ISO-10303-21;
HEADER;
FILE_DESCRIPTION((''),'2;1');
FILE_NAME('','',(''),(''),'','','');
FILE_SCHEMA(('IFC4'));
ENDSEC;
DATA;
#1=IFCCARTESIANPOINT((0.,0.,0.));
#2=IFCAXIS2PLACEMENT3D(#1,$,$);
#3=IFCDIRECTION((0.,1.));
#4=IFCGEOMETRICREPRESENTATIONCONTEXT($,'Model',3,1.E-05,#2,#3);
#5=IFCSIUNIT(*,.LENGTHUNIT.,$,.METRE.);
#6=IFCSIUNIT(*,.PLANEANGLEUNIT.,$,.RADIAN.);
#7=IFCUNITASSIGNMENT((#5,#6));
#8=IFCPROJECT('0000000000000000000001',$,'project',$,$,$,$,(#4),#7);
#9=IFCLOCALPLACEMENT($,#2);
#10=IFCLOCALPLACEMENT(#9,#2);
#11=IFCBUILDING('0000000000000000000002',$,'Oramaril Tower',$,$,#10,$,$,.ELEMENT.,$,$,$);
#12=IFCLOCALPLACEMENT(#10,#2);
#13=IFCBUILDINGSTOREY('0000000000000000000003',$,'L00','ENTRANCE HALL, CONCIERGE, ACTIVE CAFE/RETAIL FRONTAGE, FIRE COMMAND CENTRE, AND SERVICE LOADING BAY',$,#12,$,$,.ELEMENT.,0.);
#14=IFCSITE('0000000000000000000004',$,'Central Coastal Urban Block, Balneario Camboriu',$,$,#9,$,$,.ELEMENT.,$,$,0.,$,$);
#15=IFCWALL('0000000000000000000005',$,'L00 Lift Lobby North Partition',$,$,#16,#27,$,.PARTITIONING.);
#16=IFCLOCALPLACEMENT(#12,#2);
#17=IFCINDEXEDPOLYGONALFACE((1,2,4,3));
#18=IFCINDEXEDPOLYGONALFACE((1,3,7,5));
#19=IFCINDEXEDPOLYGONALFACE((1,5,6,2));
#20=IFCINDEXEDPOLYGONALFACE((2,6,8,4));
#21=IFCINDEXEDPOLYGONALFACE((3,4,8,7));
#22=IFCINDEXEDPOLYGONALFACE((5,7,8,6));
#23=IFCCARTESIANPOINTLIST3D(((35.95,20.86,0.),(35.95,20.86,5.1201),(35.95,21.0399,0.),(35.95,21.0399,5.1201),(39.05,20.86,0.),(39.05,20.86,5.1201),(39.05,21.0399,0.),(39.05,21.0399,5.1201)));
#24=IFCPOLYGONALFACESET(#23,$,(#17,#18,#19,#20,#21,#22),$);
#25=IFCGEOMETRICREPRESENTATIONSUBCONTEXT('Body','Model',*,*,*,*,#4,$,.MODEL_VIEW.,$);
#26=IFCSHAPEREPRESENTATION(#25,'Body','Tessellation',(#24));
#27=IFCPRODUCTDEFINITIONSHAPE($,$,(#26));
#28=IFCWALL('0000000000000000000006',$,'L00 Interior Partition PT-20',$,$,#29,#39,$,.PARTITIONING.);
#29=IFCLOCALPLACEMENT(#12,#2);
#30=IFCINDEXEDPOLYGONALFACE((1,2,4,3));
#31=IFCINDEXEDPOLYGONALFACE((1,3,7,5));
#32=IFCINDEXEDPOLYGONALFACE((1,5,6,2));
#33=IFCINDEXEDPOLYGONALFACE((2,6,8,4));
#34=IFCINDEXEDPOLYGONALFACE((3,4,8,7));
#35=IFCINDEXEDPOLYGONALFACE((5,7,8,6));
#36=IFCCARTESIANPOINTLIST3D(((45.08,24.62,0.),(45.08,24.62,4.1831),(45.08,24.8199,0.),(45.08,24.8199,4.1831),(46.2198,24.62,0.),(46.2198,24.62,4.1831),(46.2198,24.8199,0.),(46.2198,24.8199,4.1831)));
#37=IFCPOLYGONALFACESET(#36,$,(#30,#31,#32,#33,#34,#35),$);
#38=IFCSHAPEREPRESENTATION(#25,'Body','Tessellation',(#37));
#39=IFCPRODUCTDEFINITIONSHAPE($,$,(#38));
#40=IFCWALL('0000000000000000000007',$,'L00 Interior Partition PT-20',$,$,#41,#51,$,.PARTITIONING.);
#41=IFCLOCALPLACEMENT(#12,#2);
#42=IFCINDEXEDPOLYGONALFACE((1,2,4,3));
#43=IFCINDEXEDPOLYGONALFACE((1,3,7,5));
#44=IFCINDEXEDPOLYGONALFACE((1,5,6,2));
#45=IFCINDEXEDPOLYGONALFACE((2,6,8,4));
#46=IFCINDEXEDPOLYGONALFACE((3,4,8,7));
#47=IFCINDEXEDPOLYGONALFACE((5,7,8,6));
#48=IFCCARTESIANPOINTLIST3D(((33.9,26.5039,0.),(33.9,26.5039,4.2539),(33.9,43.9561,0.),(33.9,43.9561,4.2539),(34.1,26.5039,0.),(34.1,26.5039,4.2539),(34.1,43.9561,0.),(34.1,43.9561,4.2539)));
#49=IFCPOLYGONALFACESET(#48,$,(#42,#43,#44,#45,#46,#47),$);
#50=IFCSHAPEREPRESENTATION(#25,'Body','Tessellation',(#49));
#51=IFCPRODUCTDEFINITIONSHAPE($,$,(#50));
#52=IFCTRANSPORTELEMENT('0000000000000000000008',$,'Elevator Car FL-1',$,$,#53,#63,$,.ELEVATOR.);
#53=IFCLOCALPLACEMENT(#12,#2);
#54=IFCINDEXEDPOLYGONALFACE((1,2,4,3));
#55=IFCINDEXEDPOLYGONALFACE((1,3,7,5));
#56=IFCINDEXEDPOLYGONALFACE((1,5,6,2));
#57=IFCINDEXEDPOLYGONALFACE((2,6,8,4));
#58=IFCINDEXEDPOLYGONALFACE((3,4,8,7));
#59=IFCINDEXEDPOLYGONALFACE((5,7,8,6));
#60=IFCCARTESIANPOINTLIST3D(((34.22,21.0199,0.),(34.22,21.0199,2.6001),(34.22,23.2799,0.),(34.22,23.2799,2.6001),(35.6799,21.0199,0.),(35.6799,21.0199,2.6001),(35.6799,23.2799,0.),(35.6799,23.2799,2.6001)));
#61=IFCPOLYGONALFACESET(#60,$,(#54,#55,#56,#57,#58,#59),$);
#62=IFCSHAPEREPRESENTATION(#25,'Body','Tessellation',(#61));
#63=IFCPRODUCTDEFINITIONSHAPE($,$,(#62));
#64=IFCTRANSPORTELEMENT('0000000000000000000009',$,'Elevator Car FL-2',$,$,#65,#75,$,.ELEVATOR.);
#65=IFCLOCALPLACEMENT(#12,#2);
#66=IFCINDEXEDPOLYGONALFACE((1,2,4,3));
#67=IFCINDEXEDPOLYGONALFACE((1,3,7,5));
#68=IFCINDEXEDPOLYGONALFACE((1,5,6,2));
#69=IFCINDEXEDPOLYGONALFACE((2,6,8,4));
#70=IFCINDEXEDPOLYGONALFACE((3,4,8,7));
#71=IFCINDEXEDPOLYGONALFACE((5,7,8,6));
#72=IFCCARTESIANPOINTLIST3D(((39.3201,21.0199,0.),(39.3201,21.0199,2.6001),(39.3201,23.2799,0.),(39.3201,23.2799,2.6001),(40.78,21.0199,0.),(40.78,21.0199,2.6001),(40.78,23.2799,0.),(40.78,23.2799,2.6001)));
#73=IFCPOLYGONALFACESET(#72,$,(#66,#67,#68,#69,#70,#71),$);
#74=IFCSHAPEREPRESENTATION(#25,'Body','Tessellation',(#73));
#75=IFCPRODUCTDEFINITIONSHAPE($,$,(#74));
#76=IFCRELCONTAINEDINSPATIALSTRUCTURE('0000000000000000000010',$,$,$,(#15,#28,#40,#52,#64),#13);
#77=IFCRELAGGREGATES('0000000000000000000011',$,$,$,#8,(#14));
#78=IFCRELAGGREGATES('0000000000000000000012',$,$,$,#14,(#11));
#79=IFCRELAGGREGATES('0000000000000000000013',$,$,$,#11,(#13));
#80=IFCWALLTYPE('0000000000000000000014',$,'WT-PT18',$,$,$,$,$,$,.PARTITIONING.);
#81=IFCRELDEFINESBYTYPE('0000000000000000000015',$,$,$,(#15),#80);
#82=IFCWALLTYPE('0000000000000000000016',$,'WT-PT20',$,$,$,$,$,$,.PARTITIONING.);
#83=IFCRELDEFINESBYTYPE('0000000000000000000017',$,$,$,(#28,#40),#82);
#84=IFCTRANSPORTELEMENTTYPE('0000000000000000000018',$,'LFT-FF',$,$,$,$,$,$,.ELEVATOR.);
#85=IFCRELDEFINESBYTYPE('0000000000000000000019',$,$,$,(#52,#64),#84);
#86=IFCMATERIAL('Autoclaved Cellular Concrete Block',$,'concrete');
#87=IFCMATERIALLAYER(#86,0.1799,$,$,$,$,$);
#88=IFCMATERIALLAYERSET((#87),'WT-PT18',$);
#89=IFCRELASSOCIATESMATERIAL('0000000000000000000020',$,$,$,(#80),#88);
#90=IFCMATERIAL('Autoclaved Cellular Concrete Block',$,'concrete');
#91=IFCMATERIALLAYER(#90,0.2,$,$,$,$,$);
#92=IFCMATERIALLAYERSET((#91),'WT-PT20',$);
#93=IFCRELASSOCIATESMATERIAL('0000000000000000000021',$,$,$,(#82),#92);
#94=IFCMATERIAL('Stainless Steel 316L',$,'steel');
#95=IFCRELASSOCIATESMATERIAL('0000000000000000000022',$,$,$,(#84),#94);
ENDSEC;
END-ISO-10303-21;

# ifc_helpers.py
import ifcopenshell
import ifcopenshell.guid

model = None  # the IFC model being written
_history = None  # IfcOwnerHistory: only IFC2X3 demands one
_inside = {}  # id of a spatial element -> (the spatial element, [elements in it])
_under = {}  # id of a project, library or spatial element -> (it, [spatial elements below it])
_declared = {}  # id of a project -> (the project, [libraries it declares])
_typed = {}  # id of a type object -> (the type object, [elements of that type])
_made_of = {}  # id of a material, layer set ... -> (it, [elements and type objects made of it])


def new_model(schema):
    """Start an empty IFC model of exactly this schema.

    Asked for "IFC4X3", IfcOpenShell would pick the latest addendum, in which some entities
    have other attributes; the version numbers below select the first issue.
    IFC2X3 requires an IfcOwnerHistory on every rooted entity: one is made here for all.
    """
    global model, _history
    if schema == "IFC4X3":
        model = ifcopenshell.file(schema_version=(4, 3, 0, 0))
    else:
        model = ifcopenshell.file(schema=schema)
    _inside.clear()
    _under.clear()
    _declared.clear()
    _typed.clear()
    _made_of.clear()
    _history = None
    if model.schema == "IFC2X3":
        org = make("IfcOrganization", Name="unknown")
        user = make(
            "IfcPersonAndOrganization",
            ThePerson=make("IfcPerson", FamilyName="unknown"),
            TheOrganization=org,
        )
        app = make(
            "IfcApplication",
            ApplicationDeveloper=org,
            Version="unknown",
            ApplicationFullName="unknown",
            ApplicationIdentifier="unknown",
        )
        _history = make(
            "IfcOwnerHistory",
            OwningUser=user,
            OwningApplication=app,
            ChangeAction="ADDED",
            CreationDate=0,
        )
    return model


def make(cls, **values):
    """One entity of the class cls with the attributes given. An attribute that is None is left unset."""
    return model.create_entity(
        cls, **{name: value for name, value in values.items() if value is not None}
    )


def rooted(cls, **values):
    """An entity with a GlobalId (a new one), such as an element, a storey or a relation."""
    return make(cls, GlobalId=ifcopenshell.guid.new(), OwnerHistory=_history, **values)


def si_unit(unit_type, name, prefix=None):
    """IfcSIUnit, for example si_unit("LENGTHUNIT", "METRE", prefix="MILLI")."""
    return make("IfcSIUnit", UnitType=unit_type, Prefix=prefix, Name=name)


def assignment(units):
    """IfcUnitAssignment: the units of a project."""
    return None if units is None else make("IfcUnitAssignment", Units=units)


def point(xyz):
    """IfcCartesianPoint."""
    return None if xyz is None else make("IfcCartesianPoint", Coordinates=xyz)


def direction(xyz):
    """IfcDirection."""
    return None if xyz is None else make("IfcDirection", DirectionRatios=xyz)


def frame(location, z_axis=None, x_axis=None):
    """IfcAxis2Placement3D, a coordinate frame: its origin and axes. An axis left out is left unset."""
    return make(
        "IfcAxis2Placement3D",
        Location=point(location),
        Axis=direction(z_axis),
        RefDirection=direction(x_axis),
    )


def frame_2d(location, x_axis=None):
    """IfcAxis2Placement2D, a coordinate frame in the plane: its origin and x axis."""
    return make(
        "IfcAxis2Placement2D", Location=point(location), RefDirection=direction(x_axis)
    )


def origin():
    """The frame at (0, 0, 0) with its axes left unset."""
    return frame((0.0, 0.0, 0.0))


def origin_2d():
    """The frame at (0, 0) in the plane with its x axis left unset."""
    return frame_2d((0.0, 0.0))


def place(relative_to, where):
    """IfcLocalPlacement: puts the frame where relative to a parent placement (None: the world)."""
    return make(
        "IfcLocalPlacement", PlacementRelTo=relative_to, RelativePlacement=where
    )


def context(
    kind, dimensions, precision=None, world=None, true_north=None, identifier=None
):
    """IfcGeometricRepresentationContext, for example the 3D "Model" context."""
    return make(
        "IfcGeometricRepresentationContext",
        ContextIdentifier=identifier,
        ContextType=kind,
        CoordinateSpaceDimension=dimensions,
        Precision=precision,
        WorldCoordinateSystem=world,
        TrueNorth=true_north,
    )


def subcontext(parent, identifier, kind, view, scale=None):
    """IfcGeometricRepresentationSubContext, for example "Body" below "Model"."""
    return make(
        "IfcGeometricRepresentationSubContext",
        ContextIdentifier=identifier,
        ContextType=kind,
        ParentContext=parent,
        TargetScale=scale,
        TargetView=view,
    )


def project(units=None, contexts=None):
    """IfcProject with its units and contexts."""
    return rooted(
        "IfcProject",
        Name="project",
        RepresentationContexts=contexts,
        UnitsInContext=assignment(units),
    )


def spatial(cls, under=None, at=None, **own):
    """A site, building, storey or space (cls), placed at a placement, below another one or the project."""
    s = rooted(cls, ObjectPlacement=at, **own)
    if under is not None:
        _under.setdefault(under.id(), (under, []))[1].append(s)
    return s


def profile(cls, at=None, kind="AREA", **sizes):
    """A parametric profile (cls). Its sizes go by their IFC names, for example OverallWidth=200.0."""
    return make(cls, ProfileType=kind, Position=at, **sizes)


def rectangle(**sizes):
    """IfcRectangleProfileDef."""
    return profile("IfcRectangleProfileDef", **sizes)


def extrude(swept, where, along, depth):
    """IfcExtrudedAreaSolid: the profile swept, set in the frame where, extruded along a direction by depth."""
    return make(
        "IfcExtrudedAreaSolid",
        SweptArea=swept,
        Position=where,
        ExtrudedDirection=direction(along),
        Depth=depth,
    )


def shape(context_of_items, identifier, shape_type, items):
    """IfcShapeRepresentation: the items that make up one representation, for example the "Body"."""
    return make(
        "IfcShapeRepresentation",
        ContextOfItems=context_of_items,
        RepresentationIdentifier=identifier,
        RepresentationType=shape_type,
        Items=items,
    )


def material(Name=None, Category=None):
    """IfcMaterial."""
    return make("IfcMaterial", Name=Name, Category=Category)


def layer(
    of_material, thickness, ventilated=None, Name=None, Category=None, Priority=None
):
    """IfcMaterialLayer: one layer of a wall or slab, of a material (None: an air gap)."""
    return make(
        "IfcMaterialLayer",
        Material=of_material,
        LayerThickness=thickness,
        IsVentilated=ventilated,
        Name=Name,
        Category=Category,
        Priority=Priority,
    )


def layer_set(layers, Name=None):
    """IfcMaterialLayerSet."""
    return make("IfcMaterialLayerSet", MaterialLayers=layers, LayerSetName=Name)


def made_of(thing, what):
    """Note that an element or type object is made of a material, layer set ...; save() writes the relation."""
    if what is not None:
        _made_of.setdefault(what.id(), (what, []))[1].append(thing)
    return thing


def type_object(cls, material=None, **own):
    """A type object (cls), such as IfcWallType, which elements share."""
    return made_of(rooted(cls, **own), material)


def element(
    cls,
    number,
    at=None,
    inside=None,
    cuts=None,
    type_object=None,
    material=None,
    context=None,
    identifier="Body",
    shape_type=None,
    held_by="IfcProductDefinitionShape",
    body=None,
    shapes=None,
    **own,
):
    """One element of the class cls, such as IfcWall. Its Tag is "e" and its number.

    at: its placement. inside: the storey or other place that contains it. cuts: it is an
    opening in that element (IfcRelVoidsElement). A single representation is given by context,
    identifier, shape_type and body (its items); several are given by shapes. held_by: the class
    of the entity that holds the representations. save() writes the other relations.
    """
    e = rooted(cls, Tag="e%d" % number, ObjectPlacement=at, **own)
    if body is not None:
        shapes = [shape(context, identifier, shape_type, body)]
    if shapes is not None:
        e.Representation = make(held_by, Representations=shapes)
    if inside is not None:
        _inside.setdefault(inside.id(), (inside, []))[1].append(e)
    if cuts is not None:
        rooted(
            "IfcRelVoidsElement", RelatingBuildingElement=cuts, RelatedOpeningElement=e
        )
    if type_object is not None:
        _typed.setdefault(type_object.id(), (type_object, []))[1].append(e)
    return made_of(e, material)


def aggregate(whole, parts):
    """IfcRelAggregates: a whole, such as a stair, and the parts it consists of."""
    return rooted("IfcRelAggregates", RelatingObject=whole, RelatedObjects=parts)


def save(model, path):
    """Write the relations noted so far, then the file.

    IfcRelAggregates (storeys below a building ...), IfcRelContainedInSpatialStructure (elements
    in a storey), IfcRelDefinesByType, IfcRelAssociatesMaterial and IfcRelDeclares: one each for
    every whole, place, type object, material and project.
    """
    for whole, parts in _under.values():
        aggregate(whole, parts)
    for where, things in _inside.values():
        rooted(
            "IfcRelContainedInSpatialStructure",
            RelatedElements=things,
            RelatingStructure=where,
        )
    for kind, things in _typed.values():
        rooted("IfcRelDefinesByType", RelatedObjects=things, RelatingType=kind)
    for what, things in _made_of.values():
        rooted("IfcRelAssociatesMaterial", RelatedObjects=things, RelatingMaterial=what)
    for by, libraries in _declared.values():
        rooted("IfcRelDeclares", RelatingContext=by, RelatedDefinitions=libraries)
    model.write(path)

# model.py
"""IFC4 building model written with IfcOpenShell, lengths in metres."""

from ifc_helpers import new_model, si_unit, direction, frame, frame_2d, origin, origin_2d, place, context, subcontext, project, spatial, rectangle, extrude, material, layer, layer_set, type_object, element, save


model = new_model("IFC4")

# Units and contexts
model_context = context("Model", 3, precision=1e-05, world=origin(), true_north=direction((0.0, 1.0)))
body_context = subcontext(model_context, "Body", "Model", "MODEL_VIEW")
ifc_project = project(units=[si_unit("LENGTHUNIT", "METRE"), si_unit("PLANEANGLEUNIT", "RADIAN")], contexts=[model_context])

# Site, building, storey
site_placement = place(None, origin())
site = spatial("IfcSite", under=ifc_project, at=site_placement, Name="Central Coastal Urban Block, Balneario Camboriu", CompositionType="ELEMENT", RefElevation=0.0)
building_placement = place(site_placement, origin())
building = spatial("IfcBuilding", under=site, at=building_placement, Name="Oramaril Tower", CompositionType="ELEMENT")
storey_placement = place(building_placement, origin())
storey = spatial("IfcBuildingStorey", under=building, at=storey_placement, Name="L00", Description="ENTRANCE HALL, CONCIERGE, ACTIVE CAFE/RETAIL FRONTAGE, FIRE COMMAND CENTRE, AND SERVICE LOADING BAY", CompositionType="ELEMENT", Elevation=0.0)

# Walls
ifc_material_1 = material(Name="Autoclaved Cellular Concrete Block", Category="concrete")
ifc_layer_1 = layer(ifc_material_1, 0.1799)
ifc_layer_set_1 = layer_set([ifc_layer_1], Name="WT-PT18")
wall_type_1 = type_object("IfcWallType", Name="WT-PT18", PredefinedType="PARTITIONING", material=ifc_layer_set_1)
wall_1_placement = place(storey_placement, frame((35.95, 20.95, 0.0), z_axis=(0.0, 0.0, 1.0), x_axis=(1.0, 0.0, 0.0)))
element("IfcWall", 1, at=wall_1_placement, inside=storey, type_object=wall_type_1, Name="L00 Lift Lobby North Partition", PredefinedType="PARTITIONING", context=body_context, shape_type="SweptSolid", body=[
    extrude(rectangle(XDim=3.1001, YDim=0.1799, at=frame_2d((1.55, 0.0))), origin(), (0.0, 0.0, 1.0), 5.1201),
])
ifc_material_2 = material(Name="Autoclaved Cellular Concrete Block", Category="concrete")
ifc_layer_2 = layer(ifc_material_2, 0.2)
ifc_layer_set_2 = layer_set([ifc_layer_2], Name="WT-PT20")
wall_type_2 = type_object("IfcWallType", Name="WT-PT20", PredefinedType="PARTITIONING", material=ifc_layer_set_2)
wall_2_placement = place(storey_placement, frame((45.0801, 24.72, 0.0), z_axis=(0.0, 0.0, 1.0), x_axis=(1.0, 0.0, 0.0)))
element("IfcWall", 2, at=wall_2_placement, inside=storey, type_object=wall_type_2, Name="L00 Interior Partition PT-20", PredefinedType="PARTITIONING", context=body_context, shape_type="SweptSolid", body=[
    extrude(rectangle(XDim=1.1399, YDim=0.2, at=frame_2d((0.5698, 0.0))), origin(), (0.0, 0.0, 1.0), 4.1831),
])
wall_3_placement = place(storey_placement, frame((34.0, 26.5039, 0.0), z_axis=(0.0, 0.0, 1.0), x_axis=(0.0, 1.0, 0.0)))
element("IfcWall", 3, at=wall_3_placement, inside=storey, type_object=wall_type_2, Name="L00 Interior Partition PT-20", PredefinedType="PARTITIONING", context=body_context, shape_type="SweptSolid", body=[
    extrude(rectangle(XDim=17.4521, YDim=0.2, at=frame_2d((8.7261, 0.0))), origin(), (0.0, 0.0, 1.0), 4.2539),
])

# Transport elements
ifc_material_3 = material(Name="Stainless Steel 316L", Category="steel")
transport_element_type = type_object("IfcTransportElementType", Name="LFT-FF", PredefinedType="ELEVATOR", material=ifc_material_3)
for number, where, z_axis, x_axis, name in (
    (4, (34.95, 22.1499, 0.0), (0.0, 0.0, 1.0), (1.0, 0.0, 0.0), "Elevator Car FL-1"),
    (5, (40.05, 22.1499, 0.0), (0.0, 0.0, 1.0), (1.0, 0.0, 0.0), "Elevator Car FL-2"),
):
    element("IfcTransportElement", number, at=place(storey_placement, frame(where, z_axis=z_axis, x_axis=x_axis)), inside=storey, type_object=transport_element_type, Name=name, PredefinedType="ELEVATOR", context=body_context, shape_type="SweptSolid", body=[
        extrude(rectangle(XDim=1.46, YDim=2.26, at=origin_2d()), origin(), (0.0, 0.0, 1.0), 2.6001),
    ])

save(model, "model.ifc")
